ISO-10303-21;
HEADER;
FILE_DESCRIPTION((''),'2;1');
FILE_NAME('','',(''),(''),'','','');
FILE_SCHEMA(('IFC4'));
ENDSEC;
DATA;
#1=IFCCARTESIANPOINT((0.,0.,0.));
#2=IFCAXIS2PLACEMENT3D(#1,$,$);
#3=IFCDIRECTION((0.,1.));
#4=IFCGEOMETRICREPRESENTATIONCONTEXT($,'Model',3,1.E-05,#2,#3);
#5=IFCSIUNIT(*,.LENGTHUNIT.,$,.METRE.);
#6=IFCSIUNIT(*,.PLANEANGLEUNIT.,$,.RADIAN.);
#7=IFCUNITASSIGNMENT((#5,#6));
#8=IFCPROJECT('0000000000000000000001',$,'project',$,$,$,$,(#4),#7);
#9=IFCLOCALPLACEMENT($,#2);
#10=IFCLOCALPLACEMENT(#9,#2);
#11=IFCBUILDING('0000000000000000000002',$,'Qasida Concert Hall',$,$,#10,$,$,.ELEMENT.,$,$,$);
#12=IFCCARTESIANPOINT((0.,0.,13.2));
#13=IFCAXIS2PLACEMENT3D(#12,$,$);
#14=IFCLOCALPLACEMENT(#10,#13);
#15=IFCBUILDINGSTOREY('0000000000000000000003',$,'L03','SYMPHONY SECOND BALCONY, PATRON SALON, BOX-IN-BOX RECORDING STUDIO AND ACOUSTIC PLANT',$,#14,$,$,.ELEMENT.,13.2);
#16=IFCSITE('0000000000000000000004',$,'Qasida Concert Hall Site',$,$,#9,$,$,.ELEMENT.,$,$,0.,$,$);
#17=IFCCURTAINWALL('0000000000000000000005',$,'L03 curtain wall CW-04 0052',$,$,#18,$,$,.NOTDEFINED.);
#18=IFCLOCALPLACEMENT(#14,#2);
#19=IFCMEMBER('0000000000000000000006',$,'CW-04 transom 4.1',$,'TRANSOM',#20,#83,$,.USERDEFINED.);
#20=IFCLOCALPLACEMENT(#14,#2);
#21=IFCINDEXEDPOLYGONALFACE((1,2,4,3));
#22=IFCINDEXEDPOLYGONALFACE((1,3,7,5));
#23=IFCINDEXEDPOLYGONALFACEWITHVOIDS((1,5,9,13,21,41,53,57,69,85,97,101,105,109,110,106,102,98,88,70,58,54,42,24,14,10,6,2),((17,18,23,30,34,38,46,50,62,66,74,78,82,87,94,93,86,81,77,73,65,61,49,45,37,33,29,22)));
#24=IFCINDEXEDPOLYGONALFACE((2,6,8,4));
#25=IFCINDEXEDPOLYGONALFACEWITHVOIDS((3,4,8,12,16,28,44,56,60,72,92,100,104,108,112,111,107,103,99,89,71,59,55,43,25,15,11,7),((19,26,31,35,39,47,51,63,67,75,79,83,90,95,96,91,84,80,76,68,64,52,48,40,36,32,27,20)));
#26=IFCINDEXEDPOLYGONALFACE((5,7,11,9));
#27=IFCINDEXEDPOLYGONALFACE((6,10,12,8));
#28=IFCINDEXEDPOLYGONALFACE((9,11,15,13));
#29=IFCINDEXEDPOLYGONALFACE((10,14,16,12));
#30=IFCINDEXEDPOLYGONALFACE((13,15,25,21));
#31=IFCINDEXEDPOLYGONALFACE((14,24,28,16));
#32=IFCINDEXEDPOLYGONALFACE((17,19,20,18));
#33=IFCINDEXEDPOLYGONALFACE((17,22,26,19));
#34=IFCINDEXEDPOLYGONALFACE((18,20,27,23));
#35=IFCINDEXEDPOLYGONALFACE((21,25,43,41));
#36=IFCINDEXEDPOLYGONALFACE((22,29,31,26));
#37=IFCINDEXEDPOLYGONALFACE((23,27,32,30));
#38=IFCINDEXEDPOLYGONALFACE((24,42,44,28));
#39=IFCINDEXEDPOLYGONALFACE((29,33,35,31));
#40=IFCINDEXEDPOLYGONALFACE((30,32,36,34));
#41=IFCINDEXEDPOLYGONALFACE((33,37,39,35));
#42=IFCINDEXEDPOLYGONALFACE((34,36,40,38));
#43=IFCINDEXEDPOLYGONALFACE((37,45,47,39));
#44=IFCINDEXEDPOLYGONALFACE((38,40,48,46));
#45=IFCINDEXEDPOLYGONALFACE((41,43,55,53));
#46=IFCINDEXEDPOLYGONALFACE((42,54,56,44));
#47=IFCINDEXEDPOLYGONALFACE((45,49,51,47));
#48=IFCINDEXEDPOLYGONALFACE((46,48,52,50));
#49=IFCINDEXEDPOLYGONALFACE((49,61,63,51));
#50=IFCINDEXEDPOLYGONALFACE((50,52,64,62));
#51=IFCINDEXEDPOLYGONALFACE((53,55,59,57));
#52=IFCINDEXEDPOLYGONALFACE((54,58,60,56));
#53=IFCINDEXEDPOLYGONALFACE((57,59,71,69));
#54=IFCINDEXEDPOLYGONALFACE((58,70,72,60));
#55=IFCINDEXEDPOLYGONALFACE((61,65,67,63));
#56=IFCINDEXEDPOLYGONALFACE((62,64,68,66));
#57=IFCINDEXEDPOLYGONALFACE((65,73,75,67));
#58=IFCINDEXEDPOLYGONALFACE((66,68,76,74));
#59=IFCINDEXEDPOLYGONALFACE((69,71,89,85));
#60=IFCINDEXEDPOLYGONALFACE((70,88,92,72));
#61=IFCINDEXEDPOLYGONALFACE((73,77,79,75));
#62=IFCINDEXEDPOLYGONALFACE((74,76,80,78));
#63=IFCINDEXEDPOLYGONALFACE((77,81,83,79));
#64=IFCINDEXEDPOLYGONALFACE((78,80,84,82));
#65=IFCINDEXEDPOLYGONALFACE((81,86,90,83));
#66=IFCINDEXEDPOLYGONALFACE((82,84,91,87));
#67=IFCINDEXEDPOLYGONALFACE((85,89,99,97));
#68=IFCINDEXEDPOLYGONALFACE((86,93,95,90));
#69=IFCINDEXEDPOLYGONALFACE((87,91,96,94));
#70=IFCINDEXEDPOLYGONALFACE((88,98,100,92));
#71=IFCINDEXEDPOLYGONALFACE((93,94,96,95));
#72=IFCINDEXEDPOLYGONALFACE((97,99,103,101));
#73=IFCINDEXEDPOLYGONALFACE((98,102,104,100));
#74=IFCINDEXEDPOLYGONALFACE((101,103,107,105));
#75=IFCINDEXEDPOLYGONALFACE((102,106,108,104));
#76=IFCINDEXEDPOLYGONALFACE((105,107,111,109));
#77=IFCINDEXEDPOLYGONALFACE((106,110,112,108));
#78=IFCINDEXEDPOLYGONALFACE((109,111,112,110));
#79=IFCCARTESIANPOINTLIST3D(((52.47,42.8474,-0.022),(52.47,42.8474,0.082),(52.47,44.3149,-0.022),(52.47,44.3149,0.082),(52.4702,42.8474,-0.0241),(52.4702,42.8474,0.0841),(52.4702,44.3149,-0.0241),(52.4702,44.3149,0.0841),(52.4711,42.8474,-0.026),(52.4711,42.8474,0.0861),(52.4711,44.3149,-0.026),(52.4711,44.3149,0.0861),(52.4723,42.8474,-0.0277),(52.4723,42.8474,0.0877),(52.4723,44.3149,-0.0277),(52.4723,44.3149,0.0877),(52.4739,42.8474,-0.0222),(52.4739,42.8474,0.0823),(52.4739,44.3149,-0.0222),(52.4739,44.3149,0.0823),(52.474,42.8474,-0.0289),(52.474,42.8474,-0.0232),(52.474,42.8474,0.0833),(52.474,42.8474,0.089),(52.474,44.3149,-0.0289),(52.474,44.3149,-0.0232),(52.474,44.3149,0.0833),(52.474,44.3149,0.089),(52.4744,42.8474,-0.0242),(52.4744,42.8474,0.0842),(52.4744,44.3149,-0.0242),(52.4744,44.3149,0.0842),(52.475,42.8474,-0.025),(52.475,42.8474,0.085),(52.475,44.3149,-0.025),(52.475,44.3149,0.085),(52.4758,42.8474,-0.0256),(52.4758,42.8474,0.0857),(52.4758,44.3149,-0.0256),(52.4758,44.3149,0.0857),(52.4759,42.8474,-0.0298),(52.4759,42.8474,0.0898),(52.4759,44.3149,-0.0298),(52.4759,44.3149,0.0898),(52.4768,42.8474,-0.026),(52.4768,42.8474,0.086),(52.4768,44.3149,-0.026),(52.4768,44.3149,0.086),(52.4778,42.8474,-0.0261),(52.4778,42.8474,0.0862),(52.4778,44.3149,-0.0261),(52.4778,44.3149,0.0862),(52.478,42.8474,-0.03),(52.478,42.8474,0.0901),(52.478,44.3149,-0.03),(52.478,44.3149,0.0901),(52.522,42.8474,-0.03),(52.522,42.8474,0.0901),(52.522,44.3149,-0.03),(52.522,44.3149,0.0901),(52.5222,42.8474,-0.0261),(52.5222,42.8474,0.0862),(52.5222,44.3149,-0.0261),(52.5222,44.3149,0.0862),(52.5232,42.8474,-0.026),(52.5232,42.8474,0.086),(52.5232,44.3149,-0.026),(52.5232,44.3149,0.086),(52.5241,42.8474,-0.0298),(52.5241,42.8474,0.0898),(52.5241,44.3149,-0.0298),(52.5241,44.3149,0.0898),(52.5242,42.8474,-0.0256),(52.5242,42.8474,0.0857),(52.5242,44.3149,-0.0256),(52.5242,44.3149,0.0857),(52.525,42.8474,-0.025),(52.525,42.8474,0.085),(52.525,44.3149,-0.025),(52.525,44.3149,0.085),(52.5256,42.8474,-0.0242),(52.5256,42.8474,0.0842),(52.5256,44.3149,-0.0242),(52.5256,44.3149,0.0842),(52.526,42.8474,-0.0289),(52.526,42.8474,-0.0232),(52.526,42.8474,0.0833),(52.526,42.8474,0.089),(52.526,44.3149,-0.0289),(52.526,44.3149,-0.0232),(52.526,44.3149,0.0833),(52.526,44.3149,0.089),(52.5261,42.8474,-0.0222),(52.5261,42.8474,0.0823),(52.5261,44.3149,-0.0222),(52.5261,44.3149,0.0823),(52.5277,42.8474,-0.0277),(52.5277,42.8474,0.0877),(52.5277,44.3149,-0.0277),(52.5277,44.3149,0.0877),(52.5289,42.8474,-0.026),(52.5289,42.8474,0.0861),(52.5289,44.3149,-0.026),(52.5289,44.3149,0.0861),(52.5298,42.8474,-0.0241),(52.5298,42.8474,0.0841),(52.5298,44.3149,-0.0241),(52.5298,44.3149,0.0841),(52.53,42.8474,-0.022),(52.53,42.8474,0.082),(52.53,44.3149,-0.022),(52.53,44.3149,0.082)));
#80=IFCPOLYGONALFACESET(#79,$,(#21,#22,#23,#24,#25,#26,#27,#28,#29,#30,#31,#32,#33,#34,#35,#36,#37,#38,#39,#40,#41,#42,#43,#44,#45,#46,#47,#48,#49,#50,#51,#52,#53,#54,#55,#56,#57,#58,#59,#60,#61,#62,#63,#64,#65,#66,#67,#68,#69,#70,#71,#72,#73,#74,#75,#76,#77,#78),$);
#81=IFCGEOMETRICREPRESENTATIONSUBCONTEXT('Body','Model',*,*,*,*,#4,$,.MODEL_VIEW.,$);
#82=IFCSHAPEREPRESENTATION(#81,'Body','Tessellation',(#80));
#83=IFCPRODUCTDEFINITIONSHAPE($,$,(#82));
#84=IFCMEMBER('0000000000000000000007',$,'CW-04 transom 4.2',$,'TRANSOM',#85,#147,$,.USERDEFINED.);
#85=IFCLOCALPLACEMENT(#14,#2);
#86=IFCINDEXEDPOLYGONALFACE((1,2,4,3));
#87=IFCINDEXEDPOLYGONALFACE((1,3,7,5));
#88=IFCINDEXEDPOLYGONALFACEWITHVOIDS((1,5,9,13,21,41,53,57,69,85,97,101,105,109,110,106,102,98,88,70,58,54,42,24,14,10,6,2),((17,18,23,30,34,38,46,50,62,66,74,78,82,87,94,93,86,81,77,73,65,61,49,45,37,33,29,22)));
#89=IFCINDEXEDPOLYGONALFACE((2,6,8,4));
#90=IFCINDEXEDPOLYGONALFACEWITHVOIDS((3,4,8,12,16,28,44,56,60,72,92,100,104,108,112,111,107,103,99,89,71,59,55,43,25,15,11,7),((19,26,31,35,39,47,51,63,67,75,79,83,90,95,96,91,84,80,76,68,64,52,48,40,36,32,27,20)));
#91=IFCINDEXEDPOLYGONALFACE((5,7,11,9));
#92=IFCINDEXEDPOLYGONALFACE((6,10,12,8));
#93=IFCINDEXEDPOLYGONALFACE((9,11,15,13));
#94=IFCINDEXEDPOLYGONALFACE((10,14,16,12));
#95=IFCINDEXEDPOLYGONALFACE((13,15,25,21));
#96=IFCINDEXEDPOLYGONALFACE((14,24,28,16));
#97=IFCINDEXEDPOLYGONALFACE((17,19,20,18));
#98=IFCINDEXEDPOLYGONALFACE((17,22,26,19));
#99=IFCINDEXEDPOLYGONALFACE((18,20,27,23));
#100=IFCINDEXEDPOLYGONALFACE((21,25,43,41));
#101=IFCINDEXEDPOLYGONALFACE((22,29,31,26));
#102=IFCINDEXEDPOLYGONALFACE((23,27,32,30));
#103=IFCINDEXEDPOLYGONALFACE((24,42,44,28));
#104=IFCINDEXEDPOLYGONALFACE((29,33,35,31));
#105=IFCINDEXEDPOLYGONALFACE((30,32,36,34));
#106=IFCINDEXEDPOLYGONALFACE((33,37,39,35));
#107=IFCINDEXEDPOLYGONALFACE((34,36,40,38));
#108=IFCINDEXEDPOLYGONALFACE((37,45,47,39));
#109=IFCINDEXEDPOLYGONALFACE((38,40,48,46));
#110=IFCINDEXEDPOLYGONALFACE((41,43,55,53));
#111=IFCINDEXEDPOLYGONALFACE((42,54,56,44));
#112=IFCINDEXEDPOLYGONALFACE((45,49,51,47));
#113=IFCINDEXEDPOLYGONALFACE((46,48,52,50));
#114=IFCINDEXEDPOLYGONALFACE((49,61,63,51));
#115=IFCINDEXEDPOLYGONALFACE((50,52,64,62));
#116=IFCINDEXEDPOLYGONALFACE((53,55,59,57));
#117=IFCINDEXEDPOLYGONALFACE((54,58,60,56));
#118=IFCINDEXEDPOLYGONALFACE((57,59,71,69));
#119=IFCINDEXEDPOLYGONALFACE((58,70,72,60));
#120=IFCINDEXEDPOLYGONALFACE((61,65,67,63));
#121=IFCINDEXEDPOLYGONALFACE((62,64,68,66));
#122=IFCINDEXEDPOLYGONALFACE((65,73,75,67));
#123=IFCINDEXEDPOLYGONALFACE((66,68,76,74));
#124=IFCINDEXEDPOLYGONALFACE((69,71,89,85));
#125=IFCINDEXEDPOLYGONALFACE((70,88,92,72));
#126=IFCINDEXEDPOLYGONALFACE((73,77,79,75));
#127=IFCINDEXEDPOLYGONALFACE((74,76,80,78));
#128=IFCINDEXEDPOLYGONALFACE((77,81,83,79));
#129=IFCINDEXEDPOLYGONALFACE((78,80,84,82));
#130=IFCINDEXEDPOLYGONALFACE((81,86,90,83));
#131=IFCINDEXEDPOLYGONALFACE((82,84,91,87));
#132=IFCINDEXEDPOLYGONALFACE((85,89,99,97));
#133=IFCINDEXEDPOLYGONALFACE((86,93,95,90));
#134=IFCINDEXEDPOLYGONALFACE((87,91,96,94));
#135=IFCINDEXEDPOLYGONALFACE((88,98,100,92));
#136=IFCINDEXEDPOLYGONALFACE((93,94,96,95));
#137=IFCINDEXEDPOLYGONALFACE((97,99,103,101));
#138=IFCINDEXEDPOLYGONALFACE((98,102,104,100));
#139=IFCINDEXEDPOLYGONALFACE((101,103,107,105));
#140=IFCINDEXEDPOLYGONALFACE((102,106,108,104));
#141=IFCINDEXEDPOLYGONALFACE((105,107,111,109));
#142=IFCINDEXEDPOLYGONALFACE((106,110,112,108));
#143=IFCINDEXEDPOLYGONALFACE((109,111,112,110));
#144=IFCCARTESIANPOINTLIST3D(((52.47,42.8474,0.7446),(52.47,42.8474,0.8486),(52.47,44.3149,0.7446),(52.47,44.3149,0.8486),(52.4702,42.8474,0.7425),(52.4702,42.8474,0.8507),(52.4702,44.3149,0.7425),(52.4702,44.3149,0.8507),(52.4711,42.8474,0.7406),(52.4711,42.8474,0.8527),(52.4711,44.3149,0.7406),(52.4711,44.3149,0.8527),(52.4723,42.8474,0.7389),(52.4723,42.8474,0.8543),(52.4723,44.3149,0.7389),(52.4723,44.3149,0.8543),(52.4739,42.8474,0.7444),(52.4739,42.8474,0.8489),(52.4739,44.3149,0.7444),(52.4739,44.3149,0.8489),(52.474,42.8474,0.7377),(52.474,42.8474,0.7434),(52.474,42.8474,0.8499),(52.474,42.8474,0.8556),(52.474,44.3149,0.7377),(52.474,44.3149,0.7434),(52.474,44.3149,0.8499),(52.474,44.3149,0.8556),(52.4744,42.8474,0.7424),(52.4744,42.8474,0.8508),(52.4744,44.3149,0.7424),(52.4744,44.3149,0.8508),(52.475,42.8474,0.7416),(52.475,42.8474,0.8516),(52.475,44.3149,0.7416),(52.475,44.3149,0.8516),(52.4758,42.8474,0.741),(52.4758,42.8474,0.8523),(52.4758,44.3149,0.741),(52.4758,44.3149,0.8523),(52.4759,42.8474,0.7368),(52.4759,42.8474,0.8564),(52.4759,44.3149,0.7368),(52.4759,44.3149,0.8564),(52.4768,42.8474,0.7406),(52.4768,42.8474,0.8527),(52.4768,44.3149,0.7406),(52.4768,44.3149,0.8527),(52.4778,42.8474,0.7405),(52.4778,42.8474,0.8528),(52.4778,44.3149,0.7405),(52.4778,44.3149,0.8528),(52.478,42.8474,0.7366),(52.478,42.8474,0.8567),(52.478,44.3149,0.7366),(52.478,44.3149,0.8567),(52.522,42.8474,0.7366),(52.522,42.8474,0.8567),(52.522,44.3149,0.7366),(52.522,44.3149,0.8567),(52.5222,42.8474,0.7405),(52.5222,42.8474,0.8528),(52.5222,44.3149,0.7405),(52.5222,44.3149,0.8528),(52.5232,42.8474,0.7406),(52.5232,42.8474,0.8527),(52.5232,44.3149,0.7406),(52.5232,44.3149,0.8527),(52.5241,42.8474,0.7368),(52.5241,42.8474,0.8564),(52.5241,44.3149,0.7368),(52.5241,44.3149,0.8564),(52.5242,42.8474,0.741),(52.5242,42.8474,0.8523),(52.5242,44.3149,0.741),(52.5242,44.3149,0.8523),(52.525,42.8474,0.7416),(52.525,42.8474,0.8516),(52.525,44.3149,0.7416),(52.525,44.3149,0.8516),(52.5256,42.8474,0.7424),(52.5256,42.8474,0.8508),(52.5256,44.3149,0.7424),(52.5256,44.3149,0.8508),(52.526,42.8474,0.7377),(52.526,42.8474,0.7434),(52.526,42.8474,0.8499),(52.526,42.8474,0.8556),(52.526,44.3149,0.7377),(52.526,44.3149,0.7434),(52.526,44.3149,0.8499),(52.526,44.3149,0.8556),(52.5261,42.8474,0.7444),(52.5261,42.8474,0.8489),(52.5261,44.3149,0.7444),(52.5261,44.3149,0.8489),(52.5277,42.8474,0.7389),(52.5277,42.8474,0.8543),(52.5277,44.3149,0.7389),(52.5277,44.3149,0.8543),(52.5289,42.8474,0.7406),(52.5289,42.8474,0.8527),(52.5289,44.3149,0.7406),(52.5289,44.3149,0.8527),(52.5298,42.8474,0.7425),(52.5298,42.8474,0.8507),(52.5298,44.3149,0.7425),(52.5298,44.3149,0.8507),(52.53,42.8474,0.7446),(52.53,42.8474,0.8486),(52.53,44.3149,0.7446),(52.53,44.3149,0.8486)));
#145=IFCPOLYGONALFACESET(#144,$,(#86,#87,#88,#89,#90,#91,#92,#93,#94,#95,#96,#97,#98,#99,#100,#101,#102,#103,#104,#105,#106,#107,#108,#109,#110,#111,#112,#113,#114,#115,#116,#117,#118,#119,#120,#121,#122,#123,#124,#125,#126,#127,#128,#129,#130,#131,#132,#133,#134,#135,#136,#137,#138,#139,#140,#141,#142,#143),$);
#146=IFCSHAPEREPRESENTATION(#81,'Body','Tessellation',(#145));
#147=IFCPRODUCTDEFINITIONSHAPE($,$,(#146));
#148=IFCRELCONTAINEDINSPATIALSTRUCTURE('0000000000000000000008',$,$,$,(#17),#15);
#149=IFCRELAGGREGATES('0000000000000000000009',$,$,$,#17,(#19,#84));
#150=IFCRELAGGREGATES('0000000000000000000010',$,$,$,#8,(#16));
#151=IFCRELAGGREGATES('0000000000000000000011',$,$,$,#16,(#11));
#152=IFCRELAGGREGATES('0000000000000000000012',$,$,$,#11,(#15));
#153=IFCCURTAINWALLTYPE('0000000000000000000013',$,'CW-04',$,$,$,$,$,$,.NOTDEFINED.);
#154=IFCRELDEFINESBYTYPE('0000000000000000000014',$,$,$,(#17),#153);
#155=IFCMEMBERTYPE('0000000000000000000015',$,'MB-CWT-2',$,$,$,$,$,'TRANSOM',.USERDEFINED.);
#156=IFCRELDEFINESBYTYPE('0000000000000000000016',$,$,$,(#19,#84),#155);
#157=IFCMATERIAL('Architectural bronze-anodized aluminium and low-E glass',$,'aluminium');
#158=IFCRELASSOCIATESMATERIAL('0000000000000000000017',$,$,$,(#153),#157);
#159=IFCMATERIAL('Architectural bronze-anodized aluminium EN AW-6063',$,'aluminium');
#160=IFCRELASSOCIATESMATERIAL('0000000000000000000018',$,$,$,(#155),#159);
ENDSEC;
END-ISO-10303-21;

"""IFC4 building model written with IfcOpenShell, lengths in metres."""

from ifc_helpers import new_model, si_unit, direction, frame, origin, origin_2d, place, context, subcontext, project, spatial, hollow_rectangle, extrude, material, material_profile, profile_set, type_object, element, aggregate, save


model = new_model("IFC4")

# Units and contexts
model_context = context("Model", 3, precision=1e-05, world=origin(), true_north=direction((0.0, 1.0)))
body_context = subcontext(model_context, "Body", "Model", "MODEL_VIEW")
ifc_project = project(units=[si_unit("LENGTHUNIT", "METRE"), si_unit("PLANEANGLEUNIT", "RADIAN")], contexts=[model_context])

# Site, building, storey
site_placement = place(None, origin())
site = spatial("IfcSite", under=ifc_project, at=site_placement, Name="Qasida Concert Hall Site", CompositionType="ELEMENT", RefElevation=0.0)
building_placement = place(site_placement, origin())
building = spatial("IfcBuilding", under=site, at=building_placement, Name="Qasida Concert Hall", CompositionType="ELEMENT")
storey_placement = place(building_placement, frame((0.0, 0.0, 13.2)))
storey = spatial("IfcBuildingStorey", under=building, at=storey_placement, Name="L03", Description="SYMPHONY SECOND BALCONY, PATRON SALON, BOX-IN-BOX RECORDING STUDIO AND ACOUSTIC PLANT", CompositionType="ELEMENT", Elevation=13.2)

# Curtain wall, members
ifc_material_1 = material(Name="Architectural bronze-anodized aluminium and low-E glass", Category="aluminium")
curtain_wall_type = type_object("IfcCurtainWallType", Name="CW-04", PredefinedType="NOTDEFINED", material=ifc_material_1)
curtain_wall_placement = place(storey_placement, origin())
curtain_wall = element("IfcCurtainWall", 1, at=curtain_wall_placement, inside=storey, type_object=curtain_wall_type, Name="L03 curtain wall CW-04 0052", PredefinedType="NOTDEFINED")
ifc_material_2 = material(Name="Architectural bronze-anodized aluminium EN AW-6063", Category="aluminium")
ifc_material_profile_1 = material_profile(ifc_material_2, hollow_rectangle(XDim=0.0601, YDim=0.1201, WallThickness=0.0039, InnerFilletRadius=0.0039, OuterFilletRadius=0.0081, at=origin_2d()), Name="CWT 120x60x4")
ifc_profile_set_1 = profile_set([ifc_material_profile_1], Name="Architectural bronze-anodized aluminium EN AW-6063")
member_type_1 = type_object("IfcMemberType", Name="MB-CWT-2", ElementType="TRANSOM", PredefinedType="USERDEFINED", material=ifc_profile_set_1)
member_1_placement = place(storey_placement, frame((52.5, 42.8474, 0.03), z_axis=(0.0, 1.0, 0.0), x_axis=(-1.0, 0.0, 0.0)))
member_1 = element("IfcMember", 2, at=member_1_placement, type_object=member_type_1, Name="CW-04 transom 4.1", ObjectType="TRANSOM", PredefinedType="USERDEFINED", context=body_context, shape_type="SweptSolid", body=[
    extrude(hollow_rectangle(XDim=0.0601, YDim=0.1201, WallThickness=0.0039, InnerFilletRadius=0.0039, OuterFilletRadius=0.0081, at=origin_2d()), origin(), (0.0, 0.0, 1.0), 1.4675),
])
member_2_placement = place(storey_placement, frame((52.5, 42.8474, 0.7966), z_axis=(0.0, 1.0, 0.0), x_axis=(-1.0, 0.0, 0.0)))
member_2 = element("IfcMember", 3, at=member_2_placement, type_object=member_type_1, Name="CW-04 transom 4.2", ObjectType="TRANSOM", PredefinedType="USERDEFINED", context=body_context, shape_type="SweptSolid", body=[
    extrude(hollow_rectangle(XDim=0.0601, YDim=0.1201, WallThickness=0.0039, InnerFilletRadius=0.0039, OuterFilletRadius=0.0081, at=origin_2d()), origin(), (0.0, 0.0, 1.0), 1.4675),
])
aggregate(curtain_wall, [member_1, member_2])

save(model, "model.ifc")
